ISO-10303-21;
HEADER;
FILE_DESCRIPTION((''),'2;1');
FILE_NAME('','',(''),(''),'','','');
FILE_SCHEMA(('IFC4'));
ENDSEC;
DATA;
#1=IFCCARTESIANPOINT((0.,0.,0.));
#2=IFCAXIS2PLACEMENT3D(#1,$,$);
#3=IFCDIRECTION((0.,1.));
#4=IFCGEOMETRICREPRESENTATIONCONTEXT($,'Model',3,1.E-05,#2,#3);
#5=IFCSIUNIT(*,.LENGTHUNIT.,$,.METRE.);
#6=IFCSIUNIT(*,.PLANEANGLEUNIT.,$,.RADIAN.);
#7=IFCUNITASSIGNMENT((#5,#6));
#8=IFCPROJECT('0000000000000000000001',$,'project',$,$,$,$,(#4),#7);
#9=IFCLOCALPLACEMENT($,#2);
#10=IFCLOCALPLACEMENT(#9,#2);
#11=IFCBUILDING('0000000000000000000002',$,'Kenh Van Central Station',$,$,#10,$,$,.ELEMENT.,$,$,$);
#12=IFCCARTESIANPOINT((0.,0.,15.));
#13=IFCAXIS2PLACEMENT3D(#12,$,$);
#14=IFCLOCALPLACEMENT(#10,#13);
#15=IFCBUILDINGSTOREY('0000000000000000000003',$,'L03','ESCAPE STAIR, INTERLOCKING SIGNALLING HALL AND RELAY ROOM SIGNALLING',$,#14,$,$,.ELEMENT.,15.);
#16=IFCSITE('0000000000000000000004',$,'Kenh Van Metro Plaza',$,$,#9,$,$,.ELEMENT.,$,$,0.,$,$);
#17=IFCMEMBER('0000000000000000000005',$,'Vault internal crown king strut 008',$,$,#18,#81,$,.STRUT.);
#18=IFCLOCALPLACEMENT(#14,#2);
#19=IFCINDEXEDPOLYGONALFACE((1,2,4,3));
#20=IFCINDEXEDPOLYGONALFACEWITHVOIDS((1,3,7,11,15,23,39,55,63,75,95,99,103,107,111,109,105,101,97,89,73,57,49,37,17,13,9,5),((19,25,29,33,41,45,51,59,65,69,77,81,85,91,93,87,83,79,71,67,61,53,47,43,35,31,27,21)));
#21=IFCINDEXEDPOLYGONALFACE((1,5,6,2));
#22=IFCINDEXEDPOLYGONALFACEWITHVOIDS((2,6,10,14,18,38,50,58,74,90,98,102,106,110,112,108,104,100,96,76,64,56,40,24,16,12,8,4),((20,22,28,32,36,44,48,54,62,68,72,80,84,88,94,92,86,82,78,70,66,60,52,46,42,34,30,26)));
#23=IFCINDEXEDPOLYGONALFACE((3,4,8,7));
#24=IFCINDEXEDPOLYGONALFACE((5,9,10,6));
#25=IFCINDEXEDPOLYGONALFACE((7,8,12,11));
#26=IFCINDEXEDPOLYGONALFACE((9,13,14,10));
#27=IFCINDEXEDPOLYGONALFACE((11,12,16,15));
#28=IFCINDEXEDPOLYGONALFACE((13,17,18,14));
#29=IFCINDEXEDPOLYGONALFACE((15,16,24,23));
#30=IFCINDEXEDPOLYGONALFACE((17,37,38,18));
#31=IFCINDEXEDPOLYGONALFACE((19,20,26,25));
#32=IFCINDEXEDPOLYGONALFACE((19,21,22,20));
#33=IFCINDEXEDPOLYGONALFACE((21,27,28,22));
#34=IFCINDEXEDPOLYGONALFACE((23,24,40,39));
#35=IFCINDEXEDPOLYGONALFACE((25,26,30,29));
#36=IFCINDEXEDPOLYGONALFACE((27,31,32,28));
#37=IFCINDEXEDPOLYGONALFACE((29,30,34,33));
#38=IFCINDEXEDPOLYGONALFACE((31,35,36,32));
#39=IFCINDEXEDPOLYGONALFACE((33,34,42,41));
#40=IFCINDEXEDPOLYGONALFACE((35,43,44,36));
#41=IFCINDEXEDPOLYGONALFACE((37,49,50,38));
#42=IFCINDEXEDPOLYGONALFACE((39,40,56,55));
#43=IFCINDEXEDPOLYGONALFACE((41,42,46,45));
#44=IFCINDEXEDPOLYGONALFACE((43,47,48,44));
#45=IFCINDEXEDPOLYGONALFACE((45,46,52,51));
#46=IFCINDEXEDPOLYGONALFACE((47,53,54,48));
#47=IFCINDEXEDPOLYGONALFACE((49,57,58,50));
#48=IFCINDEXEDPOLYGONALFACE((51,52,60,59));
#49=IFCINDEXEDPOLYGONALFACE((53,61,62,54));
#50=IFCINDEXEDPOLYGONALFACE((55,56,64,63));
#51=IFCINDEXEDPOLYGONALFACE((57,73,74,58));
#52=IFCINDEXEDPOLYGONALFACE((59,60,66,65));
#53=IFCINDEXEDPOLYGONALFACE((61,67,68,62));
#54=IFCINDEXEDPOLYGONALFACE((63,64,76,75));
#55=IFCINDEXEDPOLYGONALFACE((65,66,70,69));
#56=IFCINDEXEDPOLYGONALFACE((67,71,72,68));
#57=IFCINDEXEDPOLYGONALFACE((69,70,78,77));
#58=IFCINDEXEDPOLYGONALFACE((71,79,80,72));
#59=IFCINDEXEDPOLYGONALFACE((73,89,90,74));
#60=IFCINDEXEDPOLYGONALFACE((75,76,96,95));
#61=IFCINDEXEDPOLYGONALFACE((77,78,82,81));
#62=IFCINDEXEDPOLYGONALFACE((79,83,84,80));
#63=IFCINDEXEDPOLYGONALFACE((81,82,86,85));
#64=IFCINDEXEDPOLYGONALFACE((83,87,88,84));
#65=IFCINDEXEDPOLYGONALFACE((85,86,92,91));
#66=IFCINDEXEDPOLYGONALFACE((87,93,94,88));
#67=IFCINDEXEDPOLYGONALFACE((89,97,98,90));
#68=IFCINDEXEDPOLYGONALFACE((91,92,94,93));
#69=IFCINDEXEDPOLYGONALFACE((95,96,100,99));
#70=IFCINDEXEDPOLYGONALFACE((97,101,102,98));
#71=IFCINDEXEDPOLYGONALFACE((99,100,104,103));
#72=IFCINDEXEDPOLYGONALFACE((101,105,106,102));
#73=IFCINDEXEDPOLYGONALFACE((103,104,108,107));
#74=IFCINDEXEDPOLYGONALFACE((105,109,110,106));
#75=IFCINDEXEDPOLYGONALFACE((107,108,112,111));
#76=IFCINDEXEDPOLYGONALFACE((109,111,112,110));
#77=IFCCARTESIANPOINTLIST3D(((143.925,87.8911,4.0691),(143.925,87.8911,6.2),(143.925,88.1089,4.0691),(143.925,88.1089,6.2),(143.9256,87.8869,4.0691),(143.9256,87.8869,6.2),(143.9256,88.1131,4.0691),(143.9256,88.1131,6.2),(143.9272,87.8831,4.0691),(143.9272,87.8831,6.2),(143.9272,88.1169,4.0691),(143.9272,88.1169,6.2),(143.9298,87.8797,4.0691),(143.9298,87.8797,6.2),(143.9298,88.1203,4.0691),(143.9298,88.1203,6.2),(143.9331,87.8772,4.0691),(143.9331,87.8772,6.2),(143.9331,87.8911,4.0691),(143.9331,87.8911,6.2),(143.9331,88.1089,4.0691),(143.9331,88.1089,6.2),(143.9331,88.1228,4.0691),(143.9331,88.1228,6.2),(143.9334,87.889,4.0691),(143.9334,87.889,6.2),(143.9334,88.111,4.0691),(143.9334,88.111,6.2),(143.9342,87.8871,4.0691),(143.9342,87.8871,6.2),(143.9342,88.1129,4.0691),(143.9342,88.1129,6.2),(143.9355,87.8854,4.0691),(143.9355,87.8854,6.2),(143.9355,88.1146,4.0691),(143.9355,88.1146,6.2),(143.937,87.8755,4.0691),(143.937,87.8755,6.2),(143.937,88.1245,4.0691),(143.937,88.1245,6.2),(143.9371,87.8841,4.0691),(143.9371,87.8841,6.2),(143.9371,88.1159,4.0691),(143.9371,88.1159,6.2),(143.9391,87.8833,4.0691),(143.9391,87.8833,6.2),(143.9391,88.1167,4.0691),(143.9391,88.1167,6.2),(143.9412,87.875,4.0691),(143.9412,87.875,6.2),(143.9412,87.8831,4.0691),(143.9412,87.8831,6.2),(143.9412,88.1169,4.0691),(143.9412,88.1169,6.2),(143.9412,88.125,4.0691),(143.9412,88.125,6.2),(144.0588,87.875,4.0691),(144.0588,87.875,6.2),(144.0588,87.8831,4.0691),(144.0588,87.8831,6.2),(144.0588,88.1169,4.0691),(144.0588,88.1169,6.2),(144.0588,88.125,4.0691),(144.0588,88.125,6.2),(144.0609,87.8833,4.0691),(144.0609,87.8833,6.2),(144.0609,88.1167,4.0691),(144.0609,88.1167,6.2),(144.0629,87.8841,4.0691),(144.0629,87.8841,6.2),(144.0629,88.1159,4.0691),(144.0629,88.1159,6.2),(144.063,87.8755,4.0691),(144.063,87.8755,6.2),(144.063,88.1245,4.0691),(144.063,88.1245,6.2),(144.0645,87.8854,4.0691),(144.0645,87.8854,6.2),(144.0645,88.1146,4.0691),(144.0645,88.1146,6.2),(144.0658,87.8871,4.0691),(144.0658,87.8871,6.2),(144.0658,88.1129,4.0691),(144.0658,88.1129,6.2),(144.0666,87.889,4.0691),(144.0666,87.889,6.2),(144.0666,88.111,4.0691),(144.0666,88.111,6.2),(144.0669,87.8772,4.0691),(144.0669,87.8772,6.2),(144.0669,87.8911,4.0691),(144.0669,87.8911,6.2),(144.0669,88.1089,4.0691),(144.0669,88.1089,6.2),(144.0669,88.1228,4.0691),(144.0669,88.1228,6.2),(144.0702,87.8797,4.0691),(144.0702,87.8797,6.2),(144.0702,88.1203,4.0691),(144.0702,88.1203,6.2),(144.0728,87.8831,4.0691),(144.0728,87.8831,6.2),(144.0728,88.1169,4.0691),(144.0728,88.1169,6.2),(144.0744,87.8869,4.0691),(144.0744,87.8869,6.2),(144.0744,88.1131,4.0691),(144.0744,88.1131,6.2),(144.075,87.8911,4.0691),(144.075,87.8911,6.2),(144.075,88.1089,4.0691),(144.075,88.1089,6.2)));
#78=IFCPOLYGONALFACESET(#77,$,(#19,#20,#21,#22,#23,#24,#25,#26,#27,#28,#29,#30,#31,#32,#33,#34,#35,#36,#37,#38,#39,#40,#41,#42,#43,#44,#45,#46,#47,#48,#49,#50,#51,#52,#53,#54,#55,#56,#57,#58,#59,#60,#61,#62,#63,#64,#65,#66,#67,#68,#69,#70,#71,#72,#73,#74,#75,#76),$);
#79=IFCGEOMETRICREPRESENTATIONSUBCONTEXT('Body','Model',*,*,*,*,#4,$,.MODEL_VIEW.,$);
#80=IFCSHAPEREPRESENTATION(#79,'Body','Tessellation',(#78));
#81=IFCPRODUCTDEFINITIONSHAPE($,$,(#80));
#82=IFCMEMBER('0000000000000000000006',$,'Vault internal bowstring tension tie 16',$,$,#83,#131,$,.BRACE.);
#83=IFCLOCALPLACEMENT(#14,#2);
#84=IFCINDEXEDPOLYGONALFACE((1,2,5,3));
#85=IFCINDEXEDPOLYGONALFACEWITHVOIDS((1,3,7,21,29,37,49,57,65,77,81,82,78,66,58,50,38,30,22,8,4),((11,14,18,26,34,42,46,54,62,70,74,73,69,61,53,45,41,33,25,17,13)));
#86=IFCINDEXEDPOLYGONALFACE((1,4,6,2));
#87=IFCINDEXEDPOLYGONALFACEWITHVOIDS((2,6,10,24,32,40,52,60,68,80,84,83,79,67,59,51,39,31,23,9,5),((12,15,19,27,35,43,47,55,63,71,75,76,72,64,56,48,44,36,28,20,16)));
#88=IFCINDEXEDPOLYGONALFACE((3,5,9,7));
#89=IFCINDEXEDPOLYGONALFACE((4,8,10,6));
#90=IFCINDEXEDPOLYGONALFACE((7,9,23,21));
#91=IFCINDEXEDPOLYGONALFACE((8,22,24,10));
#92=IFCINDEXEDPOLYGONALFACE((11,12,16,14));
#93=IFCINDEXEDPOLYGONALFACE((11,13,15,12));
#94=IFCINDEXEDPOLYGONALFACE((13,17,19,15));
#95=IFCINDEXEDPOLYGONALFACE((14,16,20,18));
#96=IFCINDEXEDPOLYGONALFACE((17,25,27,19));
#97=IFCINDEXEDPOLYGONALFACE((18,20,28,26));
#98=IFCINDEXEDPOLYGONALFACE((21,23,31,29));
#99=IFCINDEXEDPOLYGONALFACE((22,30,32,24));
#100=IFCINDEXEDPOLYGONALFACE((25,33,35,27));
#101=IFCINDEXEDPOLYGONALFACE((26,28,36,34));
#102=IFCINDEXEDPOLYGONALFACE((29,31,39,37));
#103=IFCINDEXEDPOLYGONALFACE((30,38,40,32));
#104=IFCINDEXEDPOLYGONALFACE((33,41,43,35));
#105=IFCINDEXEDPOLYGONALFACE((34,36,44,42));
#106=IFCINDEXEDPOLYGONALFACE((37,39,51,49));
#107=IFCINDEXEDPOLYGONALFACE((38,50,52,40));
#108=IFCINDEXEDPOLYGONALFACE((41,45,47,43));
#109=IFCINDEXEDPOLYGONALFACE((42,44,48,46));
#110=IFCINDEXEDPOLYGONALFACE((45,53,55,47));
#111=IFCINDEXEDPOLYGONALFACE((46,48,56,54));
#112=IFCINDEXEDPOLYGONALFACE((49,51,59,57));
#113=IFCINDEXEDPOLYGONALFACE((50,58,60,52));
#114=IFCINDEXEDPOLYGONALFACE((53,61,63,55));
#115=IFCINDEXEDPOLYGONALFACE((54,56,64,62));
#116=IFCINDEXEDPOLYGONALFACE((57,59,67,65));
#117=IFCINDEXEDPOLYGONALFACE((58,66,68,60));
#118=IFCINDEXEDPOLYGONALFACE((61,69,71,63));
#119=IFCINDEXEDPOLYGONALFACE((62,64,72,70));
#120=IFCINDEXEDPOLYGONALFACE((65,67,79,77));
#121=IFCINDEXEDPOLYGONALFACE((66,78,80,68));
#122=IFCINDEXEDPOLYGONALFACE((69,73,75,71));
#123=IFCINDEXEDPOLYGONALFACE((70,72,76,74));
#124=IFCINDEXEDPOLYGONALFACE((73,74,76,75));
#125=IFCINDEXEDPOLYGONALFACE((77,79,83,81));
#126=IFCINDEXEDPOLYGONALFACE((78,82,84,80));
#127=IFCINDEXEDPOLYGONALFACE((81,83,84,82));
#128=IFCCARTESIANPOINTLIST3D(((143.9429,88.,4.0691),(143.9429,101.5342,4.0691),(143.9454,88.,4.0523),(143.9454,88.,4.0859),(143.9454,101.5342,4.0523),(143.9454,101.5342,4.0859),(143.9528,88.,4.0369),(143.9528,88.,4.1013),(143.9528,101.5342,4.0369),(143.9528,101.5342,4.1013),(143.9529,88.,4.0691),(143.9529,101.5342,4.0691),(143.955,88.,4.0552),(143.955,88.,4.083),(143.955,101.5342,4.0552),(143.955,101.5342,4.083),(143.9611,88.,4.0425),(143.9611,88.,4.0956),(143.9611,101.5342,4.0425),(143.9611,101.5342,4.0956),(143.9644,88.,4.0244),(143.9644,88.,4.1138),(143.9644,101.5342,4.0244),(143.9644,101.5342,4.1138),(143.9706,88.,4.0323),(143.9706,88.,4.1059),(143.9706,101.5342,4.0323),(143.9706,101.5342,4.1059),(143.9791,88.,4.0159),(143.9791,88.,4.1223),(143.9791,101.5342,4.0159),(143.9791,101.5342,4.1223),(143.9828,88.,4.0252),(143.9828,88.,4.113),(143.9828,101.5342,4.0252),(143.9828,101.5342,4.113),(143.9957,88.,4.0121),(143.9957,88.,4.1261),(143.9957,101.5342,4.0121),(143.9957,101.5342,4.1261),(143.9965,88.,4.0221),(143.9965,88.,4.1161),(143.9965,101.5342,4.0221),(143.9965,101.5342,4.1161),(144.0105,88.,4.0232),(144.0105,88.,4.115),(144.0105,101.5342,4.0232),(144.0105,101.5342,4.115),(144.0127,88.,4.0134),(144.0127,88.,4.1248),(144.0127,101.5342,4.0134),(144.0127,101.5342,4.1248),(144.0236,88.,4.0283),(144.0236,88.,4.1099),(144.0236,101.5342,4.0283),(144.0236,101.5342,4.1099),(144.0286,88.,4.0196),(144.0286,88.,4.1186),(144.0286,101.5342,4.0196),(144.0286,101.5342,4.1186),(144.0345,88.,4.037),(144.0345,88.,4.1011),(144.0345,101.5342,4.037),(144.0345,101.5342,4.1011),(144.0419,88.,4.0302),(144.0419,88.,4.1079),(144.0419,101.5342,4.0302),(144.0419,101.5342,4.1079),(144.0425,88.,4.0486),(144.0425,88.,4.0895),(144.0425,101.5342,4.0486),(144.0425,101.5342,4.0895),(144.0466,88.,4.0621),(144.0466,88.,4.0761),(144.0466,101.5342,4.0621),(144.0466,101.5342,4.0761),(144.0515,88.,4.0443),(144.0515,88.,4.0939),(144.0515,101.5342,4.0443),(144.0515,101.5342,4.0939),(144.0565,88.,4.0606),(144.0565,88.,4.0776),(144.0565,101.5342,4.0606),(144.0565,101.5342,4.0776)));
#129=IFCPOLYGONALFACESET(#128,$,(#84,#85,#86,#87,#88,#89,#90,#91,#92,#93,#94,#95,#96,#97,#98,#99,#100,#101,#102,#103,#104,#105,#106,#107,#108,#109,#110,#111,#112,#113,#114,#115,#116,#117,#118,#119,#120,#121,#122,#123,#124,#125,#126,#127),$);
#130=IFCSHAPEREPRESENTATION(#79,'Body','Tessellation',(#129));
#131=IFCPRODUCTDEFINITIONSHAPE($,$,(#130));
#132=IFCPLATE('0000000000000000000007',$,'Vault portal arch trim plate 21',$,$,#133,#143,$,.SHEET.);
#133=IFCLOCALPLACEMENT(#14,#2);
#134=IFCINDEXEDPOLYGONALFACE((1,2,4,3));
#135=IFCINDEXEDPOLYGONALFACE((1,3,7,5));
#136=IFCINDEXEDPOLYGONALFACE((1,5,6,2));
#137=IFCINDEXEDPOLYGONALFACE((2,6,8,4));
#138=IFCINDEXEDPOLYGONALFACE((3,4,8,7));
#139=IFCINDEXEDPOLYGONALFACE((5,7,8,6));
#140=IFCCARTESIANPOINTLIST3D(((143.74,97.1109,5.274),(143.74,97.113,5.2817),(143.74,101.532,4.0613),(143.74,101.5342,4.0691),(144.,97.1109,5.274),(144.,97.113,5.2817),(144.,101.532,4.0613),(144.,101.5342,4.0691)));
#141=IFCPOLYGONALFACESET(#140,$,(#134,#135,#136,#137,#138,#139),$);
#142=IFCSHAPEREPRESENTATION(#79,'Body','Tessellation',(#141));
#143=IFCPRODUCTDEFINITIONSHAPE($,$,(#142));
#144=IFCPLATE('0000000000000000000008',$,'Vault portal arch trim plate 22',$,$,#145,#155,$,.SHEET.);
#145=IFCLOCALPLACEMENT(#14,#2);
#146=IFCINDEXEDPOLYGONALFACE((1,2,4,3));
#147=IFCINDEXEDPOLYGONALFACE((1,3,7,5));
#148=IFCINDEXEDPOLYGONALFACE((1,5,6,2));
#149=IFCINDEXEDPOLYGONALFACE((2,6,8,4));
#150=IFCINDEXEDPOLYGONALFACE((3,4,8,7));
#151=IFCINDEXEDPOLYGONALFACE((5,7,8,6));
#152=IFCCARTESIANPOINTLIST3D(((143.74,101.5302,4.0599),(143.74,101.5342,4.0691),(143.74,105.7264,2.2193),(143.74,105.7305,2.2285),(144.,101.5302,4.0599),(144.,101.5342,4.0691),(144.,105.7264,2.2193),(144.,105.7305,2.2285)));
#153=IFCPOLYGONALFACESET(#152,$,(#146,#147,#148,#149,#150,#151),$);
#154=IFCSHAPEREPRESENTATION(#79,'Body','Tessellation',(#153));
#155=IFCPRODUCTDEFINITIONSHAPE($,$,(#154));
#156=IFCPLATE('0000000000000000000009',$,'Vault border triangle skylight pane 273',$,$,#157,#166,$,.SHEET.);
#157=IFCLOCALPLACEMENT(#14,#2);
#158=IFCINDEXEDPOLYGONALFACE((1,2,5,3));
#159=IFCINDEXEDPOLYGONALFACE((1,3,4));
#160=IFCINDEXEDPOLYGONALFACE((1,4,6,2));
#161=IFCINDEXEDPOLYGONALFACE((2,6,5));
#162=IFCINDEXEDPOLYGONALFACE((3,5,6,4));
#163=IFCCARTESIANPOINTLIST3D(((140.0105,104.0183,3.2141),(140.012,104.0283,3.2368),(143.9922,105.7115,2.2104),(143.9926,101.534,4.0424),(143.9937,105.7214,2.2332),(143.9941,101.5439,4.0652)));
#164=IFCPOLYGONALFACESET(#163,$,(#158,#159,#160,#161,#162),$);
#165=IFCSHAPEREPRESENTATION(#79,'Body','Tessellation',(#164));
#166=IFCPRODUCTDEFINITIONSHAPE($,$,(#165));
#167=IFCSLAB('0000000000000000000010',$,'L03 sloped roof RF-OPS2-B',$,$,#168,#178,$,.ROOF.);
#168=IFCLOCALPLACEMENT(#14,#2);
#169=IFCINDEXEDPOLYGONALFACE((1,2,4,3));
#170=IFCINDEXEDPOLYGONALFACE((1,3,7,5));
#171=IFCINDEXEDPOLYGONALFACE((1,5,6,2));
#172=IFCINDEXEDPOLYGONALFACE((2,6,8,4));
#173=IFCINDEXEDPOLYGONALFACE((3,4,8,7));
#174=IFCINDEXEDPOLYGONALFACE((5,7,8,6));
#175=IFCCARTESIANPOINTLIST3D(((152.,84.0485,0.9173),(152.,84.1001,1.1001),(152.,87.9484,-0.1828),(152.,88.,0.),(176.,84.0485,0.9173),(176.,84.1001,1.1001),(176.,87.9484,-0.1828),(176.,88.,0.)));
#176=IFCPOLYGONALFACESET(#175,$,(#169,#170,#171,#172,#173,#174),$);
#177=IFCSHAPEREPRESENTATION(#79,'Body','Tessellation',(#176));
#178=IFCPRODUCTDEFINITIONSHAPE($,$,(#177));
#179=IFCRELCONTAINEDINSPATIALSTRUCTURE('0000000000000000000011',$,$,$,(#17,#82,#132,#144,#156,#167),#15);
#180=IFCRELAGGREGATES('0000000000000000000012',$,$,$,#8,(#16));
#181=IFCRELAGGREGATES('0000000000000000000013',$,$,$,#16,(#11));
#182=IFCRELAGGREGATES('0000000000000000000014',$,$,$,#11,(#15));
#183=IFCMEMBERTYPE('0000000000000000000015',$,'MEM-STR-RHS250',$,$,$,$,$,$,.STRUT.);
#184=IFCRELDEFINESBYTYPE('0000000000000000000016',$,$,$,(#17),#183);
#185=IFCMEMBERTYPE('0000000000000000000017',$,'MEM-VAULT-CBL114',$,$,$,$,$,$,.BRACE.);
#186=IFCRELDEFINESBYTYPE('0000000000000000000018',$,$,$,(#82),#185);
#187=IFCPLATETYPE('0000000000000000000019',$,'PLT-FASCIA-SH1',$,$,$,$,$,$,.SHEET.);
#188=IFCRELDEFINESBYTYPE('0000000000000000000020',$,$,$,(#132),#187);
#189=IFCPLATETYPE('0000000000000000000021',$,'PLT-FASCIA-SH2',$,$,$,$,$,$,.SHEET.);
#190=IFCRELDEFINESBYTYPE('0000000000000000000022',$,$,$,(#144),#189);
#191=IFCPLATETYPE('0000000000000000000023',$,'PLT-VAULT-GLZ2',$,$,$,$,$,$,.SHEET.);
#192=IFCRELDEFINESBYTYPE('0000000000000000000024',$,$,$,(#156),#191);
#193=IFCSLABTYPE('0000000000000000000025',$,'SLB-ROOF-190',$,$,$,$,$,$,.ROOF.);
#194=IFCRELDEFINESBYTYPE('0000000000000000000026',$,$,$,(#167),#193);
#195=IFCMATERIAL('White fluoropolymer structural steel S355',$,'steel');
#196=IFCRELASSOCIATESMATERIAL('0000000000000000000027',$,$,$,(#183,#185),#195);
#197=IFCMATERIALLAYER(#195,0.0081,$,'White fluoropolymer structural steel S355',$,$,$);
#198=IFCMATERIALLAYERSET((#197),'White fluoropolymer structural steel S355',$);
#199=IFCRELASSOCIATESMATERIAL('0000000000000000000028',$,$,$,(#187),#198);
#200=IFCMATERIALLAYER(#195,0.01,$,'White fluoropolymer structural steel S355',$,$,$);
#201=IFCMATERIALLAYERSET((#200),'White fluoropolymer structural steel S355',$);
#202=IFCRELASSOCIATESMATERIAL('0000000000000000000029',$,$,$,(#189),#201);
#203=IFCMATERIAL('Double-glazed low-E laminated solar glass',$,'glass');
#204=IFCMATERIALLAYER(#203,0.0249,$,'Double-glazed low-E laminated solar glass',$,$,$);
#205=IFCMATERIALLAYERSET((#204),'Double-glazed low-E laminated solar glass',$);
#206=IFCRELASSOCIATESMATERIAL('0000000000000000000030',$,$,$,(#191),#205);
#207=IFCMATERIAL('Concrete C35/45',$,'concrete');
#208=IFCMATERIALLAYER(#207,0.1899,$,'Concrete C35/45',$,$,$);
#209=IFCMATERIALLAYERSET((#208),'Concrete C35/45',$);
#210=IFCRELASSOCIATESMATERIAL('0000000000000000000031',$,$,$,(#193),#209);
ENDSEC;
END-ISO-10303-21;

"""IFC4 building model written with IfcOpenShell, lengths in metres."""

from ifc_helpers import new_model, si_unit, direction, frame, origin, origin_2d, place, context, subcontext, project, spatial, polyline, hollow_rectangle, hollow_circle, outline, extrude, material, layer, layer_set, material_profile, profile_set, type_object, element, save


model = new_model("IFC4")

# Units and contexts
model_context = context("Model", 3, precision=1e-05, world=origin(), true_north=direction((0.0, 1.0)))
body_context = subcontext(model_context, "Body", "Model", "MODEL_VIEW")
ifc_project = project(units=[si_unit("LENGTHUNIT", "METRE"), si_unit("PLANEANGLEUNIT", "RADIAN")], contexts=[model_context])

# Site, building, storey
site_placement = place(None, origin())
site = spatial("IfcSite", under=ifc_project, at=site_placement, Name="Kenh Van Metro Plaza", CompositionType="ELEMENT", RefElevation=0.0)
building_placement = place(site_placement, origin())
building = spatial("IfcBuilding", under=site, at=building_placement, Name="Kenh Van Central Station", CompositionType="ELEMENT")
storey_placement = place(building_placement, frame((0.0, 0.0, 15.0)))
storey = spatial("IfcBuildingStorey", under=building, at=storey_placement, Name="L03", Description="ESCAPE STAIR, INTERLOCKING SIGNALLING HALL AND RELAY ROOM SIGNALLING", CompositionType="ELEMENT", Elevation=15.0)

# Shared definitions
ifc_material_1 = material(Name="White fluoropolymer structural steel S355", Category="steel")

# Members
ifc_material_profile_1 = material_profile(ifc_material_1, hollow_rectangle(XDim=0.1499, YDim=0.25, WallThickness=0.0081, InnerFilletRadius=0.0081, OuterFilletRadius=0.0161, at=origin_2d()), Name="RHS 250x150x8")
ifc_profile_set_1 = profile_set([ifc_material_profile_1], Name="White fluoropolymer structural steel S355")
member_type_1 = type_object("IfcMemberType", Name="MEM-STR-RHS250", PredefinedType="STRUT", material=ifc_profile_set_1)
member_1_placement = place(storey_placement, frame((144.0, 88.0, 4.0691), z_axis=(0.0, 0.0, 1.0), x_axis=(1.0, 0.0, 0.0)))
element("IfcMember", 1, at=member_1_placement, inside=storey, type_object=member_type_1, Name="Vault internal crown king strut 008", PredefinedType="STRUT", context=body_context, shape_type="SweptSolid", body=[
    extrude(hollow_rectangle(XDim=0.1499, YDim=0.25, WallThickness=0.0081, InnerFilletRadius=0.0081, OuterFilletRadius=0.0161, at=origin_2d()), origin(), (0.0, 0.0, 1.0), 2.1309),
])
ifc_material_profile_2 = material_profile(ifc_material_1, hollow_circle(Radius=0.0571, WallThickness=0.01, at=origin_2d()), Name="CHS 114.3x10")
ifc_profile_set_2 = profile_set([ifc_material_profile_2], Name="White fluoropolymer structural steel S355")
member_type_2 = type_object("IfcMemberType", Name="MEM-VAULT-CBL114", PredefinedType="BRACE", material=ifc_profile_set_2)
member_2_placement = place(storey_placement, frame((144.0, 88.0, 4.0691), z_axis=(0.0, 1.0, 0.0), x_axis=(-1.0, 0.0, 0.0)))
element("IfcMember", 2, at=member_2_placement, inside=storey, type_object=member_type_2, Name="Vault internal bowstring tension tie 16", PredefinedType="BRACE", context=body_context, shape_type="SweptSolid", body=[
    extrude(hollow_circle(Radius=0.0571, WallThickness=0.01, at=origin_2d()), origin(), (0.0, 0.0, 1.0), 13.5342),
])

# Plates
ifc_layer_1 = layer(ifc_material_1, 0.0081, Name="White fluoropolymer structural steel S355")
ifc_layer_set_1 = layer_set([ifc_layer_1], Name="White fluoropolymer structural steel S355")
plate_type_1 = type_object("IfcPlateType", Name="PLT-FASCIA-SH1", PredefinedType="SHEET", material=ifc_layer_set_1)
plate_1_placement = place(storey_placement, frame((144.0, 97.113, 5.2817), z_axis=(0.0, 0.264514, 0.964382), x_axis=(-1.0, 0.0, 0.0)))
element("IfcPlate", 3, at=plate_1_placement, inside=storey, type_object=plate_type_1, Name="Vault portal arch trim plate 21", PredefinedType="SHEET", context=body_context, shape_type="SweptSolid", body=[
    extrude(outline(polyline([(0.0, 0.0), (0.26, 0.0), (0.26, -4.5844), (0.0, -4.5844), (0.0, 0.0)])), origin(), (0.0, 0.0, -1.0), 0.0081),
])
ifc_layer_2 = layer(ifc_material_1, 0.01, Name="White fluoropolymer structural steel S355")
ifc_layer_set_2 = layer_set([ifc_layer_2], Name="White fluoropolymer structural steel S355")
plate_type_2 = type_object("IfcPlateType", Name="PLT-FASCIA-SH2", PredefinedType="SHEET", material=ifc_layer_set_2)
plate_2_placement = place(storey_placement, frame((144.0, 101.5342, 4.0691), z_axis=(0.0, 0.40168, 0.91578), x_axis=(-1.0, 0.0, 0.0)))
element("IfcPlate", 4, at=plate_2_placement, inside=storey, type_object=plate_type_2, Name="Vault portal arch trim plate 22", PredefinedType="SHEET", context=body_context, shape_type="SweptSolid", body=[
    extrude(outline(polyline([(0.0, 0.0), (0.26, 0.0), (0.26, -4.5822), (0.0, -4.5822), (0.0, 0.0)])), origin(), (0.0, 0.0, -1.0), 0.01),
])
ifc_material_2 = material(Name="Double-glazed low-E laminated solar glass", Category="glass")
ifc_layer_3 = layer(ifc_material_2, 0.0249, Name="Double-glazed low-E laminated solar glass")
ifc_layer_set_3 = layer_set([ifc_layer_3], Name="Double-glazed low-E laminated solar glass")
plate_type_3 = type_object("IfcPlateType", Name="PLT-VAULT-GLZ2", PredefinedType="SHEET", material=ifc_layer_set_3)
plate_3_placement = place(storey_placement, frame((143.9941, 101.5439, 4.0652), z_axis=(0.059954, 0.400908, 0.914154), x_axis=(-0.000107, 0.915804, -0.401624)))
element("IfcPlate", 5, at=plate_3_placement, inside=storey, type_object=plate_type_3, Name="Vault border triangle skylight pane 273", PredefinedType="SHEET", context=body_context, shape_type="SweptSolid", body=[
    extrude(outline(polyline([(0.0, 0.0), (4.5616, 0.0), (2.6083, 3.9891), (0.0, 0.0)])), origin(), (0.0, 0.0, -1.0), 0.0249),
])

# Slab
ifc_material_3 = material(Name="Concrete C35/45", Category="concrete")
ifc_layer_4 = layer(ifc_material_3, 0.1899, Name="Concrete C35/45")
ifc_layer_set_4 = layer_set([ifc_layer_4], Name="Concrete C35/45")
slab_type = type_object("IfcSlabType", Name="SLB-ROOF-190", PredefinedType="ROOF", material=ifc_layer_set_4)
slab_placement = place(storey_placement, frame((152.0, 84.1001, 1.1001), z_axis=(0.0, 0.271489, 0.962442), x_axis=(1.0, 0.0, 0.0)))
element("IfcSlab", 6, at=slab_placement, inside=storey, type_object=slab_type, Name="L03 sloped roof RF-OPS2-B", PredefinedType="ROOF", context=body_context, shape_type="SweptSolid", body=[
    extrude(outline(polyline([(0.0, 0.0), (24.0, 0.0), (24.0, 4.0521), (0.0, 4.0521), (0.0, 0.0)])), origin(), (0.0, 0.0, -1.0), 0.1899),
])

save(model, "model.ifc")
